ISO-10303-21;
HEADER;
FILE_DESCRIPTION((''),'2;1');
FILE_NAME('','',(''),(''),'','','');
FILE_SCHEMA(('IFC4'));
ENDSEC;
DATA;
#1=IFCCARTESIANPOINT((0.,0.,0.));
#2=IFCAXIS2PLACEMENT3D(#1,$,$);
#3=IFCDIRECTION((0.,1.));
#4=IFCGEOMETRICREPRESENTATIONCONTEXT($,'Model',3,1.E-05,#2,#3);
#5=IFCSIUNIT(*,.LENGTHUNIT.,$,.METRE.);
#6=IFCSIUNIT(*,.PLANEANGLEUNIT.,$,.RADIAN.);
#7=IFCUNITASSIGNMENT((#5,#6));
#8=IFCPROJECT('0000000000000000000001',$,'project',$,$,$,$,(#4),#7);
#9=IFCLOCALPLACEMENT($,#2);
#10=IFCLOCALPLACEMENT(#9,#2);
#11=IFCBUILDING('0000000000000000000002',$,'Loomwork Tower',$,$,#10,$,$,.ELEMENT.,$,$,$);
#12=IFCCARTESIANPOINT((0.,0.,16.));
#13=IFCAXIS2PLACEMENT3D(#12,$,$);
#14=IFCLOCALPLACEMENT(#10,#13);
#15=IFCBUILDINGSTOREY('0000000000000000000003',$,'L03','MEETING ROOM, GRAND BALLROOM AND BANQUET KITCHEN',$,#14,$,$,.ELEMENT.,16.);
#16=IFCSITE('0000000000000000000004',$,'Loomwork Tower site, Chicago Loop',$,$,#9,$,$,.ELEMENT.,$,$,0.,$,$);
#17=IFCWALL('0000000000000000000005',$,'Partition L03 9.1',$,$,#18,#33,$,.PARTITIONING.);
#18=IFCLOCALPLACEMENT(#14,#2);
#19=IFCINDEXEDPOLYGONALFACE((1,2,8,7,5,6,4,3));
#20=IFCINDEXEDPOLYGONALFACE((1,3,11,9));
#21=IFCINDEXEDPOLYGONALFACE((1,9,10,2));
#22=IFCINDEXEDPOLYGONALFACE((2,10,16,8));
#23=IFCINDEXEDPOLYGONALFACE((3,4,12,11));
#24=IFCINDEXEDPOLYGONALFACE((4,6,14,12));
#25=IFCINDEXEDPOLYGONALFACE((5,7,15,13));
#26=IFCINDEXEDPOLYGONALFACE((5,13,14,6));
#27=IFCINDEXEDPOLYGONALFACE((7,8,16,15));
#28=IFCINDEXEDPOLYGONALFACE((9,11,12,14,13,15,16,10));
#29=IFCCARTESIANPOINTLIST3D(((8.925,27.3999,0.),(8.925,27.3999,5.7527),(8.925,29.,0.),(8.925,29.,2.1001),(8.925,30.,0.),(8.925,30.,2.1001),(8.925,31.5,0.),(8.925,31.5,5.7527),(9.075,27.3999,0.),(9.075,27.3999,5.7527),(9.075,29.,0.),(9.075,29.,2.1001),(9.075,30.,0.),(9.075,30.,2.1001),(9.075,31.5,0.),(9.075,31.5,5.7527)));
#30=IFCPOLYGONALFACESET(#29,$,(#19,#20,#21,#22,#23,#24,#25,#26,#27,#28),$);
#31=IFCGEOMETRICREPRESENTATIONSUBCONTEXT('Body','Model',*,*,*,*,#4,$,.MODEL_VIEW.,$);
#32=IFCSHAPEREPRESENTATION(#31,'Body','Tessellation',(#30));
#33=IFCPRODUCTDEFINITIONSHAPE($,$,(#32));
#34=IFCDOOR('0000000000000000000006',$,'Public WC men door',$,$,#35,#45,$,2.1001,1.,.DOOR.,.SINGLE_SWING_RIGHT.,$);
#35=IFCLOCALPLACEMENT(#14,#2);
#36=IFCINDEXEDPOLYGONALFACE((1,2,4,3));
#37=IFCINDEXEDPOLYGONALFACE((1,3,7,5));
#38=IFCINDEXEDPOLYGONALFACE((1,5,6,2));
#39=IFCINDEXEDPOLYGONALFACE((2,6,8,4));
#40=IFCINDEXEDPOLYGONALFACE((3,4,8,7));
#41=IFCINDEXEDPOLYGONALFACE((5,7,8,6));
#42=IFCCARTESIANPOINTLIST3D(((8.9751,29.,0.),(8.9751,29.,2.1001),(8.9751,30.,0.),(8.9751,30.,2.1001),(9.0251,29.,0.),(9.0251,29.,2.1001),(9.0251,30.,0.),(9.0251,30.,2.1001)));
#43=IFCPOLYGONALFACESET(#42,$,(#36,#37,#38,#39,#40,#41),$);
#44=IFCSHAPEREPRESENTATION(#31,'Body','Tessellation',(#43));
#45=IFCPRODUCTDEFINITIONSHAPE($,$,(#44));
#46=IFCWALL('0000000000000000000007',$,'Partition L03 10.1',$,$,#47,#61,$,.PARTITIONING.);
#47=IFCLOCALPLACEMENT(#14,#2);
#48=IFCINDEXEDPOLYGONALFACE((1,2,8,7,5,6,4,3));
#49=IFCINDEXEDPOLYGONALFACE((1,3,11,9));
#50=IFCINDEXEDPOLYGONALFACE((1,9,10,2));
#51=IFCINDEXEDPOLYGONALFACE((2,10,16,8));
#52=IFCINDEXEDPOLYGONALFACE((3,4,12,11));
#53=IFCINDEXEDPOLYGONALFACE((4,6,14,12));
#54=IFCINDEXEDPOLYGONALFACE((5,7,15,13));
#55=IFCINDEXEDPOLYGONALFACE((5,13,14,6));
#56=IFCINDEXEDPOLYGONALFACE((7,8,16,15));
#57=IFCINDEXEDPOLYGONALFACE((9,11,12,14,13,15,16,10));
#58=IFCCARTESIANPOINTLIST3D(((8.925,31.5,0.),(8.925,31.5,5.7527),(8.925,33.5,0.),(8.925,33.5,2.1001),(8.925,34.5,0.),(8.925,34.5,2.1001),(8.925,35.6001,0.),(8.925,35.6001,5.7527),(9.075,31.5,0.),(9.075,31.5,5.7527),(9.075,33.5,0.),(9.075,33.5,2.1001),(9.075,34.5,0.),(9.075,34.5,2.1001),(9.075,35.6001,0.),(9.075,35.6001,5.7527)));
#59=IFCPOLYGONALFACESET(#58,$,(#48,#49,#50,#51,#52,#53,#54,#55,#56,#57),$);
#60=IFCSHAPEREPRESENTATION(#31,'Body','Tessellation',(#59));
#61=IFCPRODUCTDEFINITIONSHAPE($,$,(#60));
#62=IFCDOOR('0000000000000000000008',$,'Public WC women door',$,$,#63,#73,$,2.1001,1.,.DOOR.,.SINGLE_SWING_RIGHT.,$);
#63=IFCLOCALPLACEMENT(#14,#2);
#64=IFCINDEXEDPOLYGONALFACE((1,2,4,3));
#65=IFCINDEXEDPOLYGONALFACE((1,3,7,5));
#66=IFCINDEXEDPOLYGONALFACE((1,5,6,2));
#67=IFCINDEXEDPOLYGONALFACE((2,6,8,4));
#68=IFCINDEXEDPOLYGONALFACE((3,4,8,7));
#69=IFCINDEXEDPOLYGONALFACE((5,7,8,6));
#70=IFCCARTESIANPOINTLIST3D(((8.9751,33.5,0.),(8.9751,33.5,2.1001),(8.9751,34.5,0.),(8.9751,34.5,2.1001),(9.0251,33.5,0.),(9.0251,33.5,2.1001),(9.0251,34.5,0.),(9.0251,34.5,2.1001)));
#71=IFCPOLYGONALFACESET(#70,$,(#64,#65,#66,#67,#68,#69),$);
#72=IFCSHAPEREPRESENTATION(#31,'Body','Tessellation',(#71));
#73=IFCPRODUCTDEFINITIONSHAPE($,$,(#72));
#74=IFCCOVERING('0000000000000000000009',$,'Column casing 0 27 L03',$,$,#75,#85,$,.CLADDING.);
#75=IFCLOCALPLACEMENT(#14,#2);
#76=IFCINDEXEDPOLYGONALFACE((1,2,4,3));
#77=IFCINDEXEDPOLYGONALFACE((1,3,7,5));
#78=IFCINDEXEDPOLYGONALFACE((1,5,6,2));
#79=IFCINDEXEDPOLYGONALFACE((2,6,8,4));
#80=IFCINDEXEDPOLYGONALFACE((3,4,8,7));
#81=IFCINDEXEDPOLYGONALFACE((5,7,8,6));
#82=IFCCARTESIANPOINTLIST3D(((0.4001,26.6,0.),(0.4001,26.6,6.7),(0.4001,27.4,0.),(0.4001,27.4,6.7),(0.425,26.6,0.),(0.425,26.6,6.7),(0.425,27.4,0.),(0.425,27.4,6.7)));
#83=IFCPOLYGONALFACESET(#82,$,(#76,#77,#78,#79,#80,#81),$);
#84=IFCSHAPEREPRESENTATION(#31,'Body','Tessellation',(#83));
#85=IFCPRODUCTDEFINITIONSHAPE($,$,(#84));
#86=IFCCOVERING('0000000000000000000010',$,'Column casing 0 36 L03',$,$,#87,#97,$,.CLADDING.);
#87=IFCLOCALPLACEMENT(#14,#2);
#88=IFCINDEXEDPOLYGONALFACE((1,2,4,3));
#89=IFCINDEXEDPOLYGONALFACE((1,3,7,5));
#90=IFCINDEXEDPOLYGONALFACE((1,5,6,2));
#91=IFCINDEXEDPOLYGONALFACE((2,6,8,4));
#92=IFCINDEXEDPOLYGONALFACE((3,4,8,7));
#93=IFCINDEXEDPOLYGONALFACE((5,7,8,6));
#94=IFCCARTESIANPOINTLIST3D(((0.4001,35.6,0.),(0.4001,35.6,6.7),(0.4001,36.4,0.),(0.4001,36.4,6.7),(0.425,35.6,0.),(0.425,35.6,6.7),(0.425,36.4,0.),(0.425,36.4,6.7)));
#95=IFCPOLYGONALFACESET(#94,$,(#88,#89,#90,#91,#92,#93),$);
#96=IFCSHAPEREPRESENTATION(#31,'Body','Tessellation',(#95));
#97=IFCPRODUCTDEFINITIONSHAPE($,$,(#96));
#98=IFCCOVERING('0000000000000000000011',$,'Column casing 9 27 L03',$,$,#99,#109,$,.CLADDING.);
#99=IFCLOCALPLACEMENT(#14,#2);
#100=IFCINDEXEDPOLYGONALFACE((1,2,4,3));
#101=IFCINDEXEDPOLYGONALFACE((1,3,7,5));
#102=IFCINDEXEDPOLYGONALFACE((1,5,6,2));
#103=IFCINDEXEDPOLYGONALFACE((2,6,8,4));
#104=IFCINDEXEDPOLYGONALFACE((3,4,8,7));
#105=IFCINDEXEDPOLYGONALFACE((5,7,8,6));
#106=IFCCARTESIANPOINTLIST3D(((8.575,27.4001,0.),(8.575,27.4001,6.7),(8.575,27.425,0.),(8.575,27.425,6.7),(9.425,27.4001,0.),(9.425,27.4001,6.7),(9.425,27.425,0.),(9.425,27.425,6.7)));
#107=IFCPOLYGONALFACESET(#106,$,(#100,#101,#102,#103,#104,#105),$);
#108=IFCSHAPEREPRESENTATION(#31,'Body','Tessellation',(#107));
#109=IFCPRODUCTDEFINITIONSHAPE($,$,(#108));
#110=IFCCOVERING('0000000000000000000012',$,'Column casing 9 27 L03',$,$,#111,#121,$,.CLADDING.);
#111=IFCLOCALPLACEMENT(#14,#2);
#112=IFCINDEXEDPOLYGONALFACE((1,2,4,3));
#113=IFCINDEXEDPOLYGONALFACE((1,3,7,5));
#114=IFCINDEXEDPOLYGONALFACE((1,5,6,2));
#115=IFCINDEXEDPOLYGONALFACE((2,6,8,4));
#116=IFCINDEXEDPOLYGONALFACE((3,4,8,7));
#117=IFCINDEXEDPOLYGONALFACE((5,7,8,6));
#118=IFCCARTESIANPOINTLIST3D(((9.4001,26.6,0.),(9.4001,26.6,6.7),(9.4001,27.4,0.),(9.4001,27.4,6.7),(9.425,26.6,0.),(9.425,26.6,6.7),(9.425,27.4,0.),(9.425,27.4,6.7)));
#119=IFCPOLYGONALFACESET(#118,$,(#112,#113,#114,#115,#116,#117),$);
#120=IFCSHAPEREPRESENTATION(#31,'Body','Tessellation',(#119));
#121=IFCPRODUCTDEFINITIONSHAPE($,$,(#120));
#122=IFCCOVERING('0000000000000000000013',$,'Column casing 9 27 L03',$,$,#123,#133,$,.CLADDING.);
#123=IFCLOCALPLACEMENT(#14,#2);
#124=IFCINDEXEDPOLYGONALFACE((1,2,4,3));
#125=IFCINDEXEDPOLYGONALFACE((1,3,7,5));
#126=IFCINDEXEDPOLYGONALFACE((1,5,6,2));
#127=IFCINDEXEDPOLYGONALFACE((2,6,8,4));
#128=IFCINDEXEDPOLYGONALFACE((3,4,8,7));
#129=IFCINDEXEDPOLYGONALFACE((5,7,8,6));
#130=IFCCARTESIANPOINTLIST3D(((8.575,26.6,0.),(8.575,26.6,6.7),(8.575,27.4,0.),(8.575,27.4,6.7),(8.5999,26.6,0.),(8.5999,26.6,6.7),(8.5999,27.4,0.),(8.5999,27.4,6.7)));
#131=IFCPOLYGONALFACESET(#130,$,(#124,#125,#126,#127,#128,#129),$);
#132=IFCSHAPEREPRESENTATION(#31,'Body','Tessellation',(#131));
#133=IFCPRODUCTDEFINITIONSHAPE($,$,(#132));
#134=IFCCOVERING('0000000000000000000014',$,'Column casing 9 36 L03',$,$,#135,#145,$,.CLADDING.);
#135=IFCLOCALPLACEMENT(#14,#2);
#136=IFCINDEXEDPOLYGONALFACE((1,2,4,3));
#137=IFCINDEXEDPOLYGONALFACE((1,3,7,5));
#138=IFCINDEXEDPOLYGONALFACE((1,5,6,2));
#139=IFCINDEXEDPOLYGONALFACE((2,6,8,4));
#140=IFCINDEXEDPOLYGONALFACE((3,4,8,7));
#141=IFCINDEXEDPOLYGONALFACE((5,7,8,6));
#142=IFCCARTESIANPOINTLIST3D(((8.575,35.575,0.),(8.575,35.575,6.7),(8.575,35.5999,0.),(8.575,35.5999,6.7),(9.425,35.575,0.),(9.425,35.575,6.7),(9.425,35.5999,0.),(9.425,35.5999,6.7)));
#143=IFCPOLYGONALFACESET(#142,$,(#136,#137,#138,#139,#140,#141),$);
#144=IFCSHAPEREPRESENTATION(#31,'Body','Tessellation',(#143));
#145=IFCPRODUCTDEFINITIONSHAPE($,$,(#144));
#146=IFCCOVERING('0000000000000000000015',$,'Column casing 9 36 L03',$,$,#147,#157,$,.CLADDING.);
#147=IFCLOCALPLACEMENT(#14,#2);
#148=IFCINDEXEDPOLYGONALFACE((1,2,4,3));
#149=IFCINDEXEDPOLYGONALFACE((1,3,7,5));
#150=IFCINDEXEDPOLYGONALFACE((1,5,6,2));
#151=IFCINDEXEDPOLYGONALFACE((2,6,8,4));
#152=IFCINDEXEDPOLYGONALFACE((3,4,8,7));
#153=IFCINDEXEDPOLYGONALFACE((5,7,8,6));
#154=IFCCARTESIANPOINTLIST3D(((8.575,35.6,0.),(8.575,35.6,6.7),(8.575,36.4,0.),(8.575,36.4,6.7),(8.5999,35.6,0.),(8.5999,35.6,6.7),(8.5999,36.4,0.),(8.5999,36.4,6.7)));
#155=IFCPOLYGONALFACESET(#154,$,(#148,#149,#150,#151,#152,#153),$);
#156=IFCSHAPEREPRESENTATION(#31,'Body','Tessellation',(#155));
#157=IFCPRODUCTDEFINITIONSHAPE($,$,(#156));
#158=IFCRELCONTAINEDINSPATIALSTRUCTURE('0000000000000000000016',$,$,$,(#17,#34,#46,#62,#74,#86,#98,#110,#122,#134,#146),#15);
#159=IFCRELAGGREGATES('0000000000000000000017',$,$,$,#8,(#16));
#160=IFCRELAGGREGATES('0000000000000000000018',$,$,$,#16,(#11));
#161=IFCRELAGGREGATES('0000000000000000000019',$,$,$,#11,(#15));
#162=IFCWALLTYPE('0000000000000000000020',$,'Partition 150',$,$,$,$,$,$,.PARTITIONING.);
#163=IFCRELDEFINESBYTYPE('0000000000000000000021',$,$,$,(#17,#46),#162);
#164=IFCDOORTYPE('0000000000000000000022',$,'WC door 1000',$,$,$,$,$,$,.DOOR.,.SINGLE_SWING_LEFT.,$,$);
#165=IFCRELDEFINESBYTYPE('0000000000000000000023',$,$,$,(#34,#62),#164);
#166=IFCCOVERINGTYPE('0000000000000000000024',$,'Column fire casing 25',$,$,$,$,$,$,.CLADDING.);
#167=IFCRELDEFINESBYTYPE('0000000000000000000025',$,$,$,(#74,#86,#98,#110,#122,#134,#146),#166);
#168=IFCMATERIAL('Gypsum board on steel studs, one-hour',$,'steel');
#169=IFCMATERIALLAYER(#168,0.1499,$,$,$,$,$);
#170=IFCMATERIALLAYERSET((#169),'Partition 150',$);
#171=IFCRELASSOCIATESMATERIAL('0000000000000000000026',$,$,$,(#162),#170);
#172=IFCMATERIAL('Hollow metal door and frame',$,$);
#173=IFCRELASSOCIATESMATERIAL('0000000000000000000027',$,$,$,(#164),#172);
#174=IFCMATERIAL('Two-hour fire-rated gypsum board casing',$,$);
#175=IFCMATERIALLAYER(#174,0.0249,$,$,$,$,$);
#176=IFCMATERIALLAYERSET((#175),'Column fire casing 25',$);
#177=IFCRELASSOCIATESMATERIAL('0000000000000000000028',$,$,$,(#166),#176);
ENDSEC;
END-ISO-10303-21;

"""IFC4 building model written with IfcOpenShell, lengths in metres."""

from ifc_helpers import new_model, si_unit, direction, frame, frame_2d, origin, origin_2d, place, context, subcontext, project, spatial, rectangle, extrude, material, layer, layer_set, type_object, element, fill, save


model = new_model("IFC4")

# Units and contexts
model_context = context("Model", 3, precision=1e-05, world=origin(), true_north=direction((0.0, 1.0)))
body_context = subcontext(model_context, "Body", "Model", "MODEL_VIEW")
ifc_project = project(units=[si_unit("LENGTHUNIT", "METRE"), si_unit("PLANEANGLEUNIT", "RADIAN")], contexts=[model_context])

# Site, building, storey
site_placement = place(None, origin())
site = spatial("IfcSite", under=ifc_project, at=site_placement, Name="Loomwork Tower site, Chicago Loop", CompositionType="ELEMENT", RefElevation=0.0)
building_placement = place(site_placement, origin())
building = spatial("IfcBuilding", under=site, at=building_placement, Name="Loomwork Tower", CompositionType="ELEMENT")
storey_placement = place(building_placement, frame((0.0, 0.0, 16.0)))
storey = spatial("IfcBuildingStorey", under=building, at=storey_placement, Name="L03", Description="MEETING ROOM, GRAND BALLROOM AND BANQUET KITCHEN", CompositionType="ELEMENT", Elevation=16.0)

# Shared definitions
ifc_material_1 = material(Name="Gypsum board on steel studs, one-hour", Category="steel")
ifc_layer_1 = layer(ifc_material_1, 0.1499)
ifc_layer_set_1 = layer_set([ifc_layer_1], Name="Partition 150")
wall_type = type_object("IfcWallType", Name="Partition 150", PredefinedType="PARTITIONING", material=ifc_layer_set_1)

# Walls, openings, doors
wall_1_placement = place(storey_placement, frame((9.0, 31.5, 0.0), z_axis=(0.0, 0.0, 1.0), x_axis=(0.0, -1.0, 0.0)))
wall_1 = element("IfcWall", 1, at=wall_1_placement, inside=storey, type_object=wall_type, Name="Partition L03 9.1", PredefinedType="PARTITIONING", context=body_context, shape_type="SweptSolid", body=[
    extrude(rectangle(XDim=4.1001, YDim=0.1499, at=frame_2d((2.05, 0.0))), origin(), (0.0, 0.0, 1.0), 5.7527),
])
opening_1_placement = place(wall_1_placement, frame((1.5, 0.0, 0.0)))
opening_1 = element("IfcOpeningElement", 2, at=opening_1_placement, cuts=wall_1, PredefinedType="OPENING", context=body_context, shape_type="SweptSolid", body=[
    extrude(rectangle(XDim=1.0, YDim=2.1001, at=frame_2d((0.5, 1.05))), frame((0.0, 0.085, 0.0), z_axis=(0.0, -1.0, 0.0), x_axis=(1.0, 0.0, 0.0)), (0.0, 0.0, 1.0), 0.1699),
])
ifc_material_2 = material(Name="Hollow metal door and frame")
door_type = type_object("IfcDoorType", Name="WC door 1000", OperationType="SINGLE_SWING_LEFT", PredefinedType="DOOR", material=ifc_material_2)
door_1_placement = place(opening_1_placement, frame((1.0, 0.0, 0.0), z_axis=(0.0, 0.0, 1.0), x_axis=(-1.0, 0.0, 0.0)))
door_1 = element("IfcDoor", 3, at=door_1_placement, inside=storey, type_object=door_type, Name="Public WC men door", OperationType="SINGLE_SWING_RIGHT", OverallHeight=2.1001, OverallWidth=1.0, PredefinedType="DOOR", context=body_context, shape_type="SweptSolid", body=[
    extrude(rectangle(XDim=1.0, YDim=2.1001, at=frame_2d((0.5, 1.05))), frame((0.0, 0.0249, 0.0), z_axis=(0.0, -1.0, 0.0), x_axis=(1.0, 0.0, 0.0)), (0.0, 0.0, 1.0), 0.05),
])
fill(opening_1, door_1)
wall_2_placement = place(storey_placement, frame((9.0, 35.6001, 0.0), z_axis=(0.0, 0.0, 1.0), x_axis=(0.0, -1.0, 0.0)))
wall_2 = element("IfcWall", 4, at=wall_2_placement, inside=storey, type_object=wall_type, Name="Partition L03 10.1", PredefinedType="PARTITIONING", context=body_context, shape_type="SweptSolid", body=[
    extrude(rectangle(XDim=4.1001, YDim=0.1499, at=frame_2d((2.05, 0.0))), origin(), (0.0, 0.0, 1.0), 5.7527),
])
opening_2_placement = place(wall_2_placement, frame((1.1001, 0.0, 0.0)))
opening_2 = element("IfcOpeningElement", 5, at=opening_2_placement, cuts=wall_2, PredefinedType="OPENING", context=body_context, shape_type="SweptSolid", body=[
    extrude(rectangle(XDim=1.0, YDim=2.1001, at=frame_2d((0.5, 1.05))), frame((0.0, 0.085, 0.0), z_axis=(0.0, -1.0, 0.0), x_axis=(1.0, 0.0, 0.0)), (0.0, 0.0, 1.0), 0.1699),
])
door_2_placement = place(opening_2_placement, frame((1.0, 0.0, 0.0), z_axis=(0.0, 0.0, 1.0), x_axis=(-1.0, 0.0, 0.0)))
door_2 = element("IfcDoor", 6, at=door_2_placement, inside=storey, type_object=door_type, Name="Public WC women door", OperationType="SINGLE_SWING_RIGHT", OverallHeight=2.1001, OverallWidth=1.0, PredefinedType="DOOR", context=body_context, shape_type="SweptSolid", body=[
    extrude(rectangle(XDim=1.0, YDim=2.1001, at=frame_2d((0.5, 1.05))), frame((0.0, 0.0249, 0.0), z_axis=(0.0, -1.0, 0.0), x_axis=(1.0, 0.0, 0.0)), (0.0, 0.0, 1.0), 0.05),
])
fill(opening_2, door_2)

# Coverings
ifc_material_3 = material(Name="Two-hour fire-rated gypsum board casing")
ifc_layer_2 = layer(ifc_material_3, 0.0249)
ifc_layer_set_2 = layer_set([ifc_layer_2], Name="Column fire casing 25")
covering_type = type_object("IfcCoveringType", Name="Column fire casing 25", PredefinedType="CLADDING", material=ifc_layer_set_2)
for number, where, z_axis, x_axis, name in (
    (7, (0.4126, 27.0, 0.0), (0.0, 0.0, 1.0), (1.0, 0.0, 0.0), "Column casing 0 27 L03"),
    (8, (0.4126, 36.0, 0.0), (0.0, 0.0, 1.0), (1.0, 0.0, 0.0), "Column casing 0 36 L03"),
):
    element("IfcCovering", number, at=place(storey_placement, frame(where, z_axis=z_axis, x_axis=x_axis)), inside=storey, type_object=covering_type, Name=name, PredefinedType="CLADDING", context=body_context, shape_type="SweptSolid", body=[
        extrude(rectangle(XDim=0.0249, YDim=0.8, at=origin_2d()), origin(), (0.0, 0.0, 1.0), 6.7),
    ])
covering_1_placement = place(storey_placement, frame((9.0, 27.4126, 0.0), z_axis=(0.0, 0.0, 1.0), x_axis=(1.0, 0.0, 0.0)))
element("IfcCovering", 9, at=covering_1_placement, inside=storey, type_object=covering_type, Name="Column casing 9 27 L03", PredefinedType="CLADDING", context=body_context, shape_type="SweptSolid", body=[
    extrude(rectangle(XDim=0.8501, YDim=0.0249, at=origin_2d()), origin(), (0.0, 0.0, 1.0), 6.7),
])
for number, where, z_axis, x_axis, name in (
    (10, (9.4126, 27.0, 0.0), (0.0, 0.0, 1.0), (1.0, 0.0, 0.0), "Column casing 9 27 L03"),
    (11, (8.5874, 27.0, 0.0), (0.0, 0.0, 1.0), (1.0, 0.0, 0.0), "Column casing 9 27 L03"),
):
    element("IfcCovering", number, at=place(storey_placement, frame(where, z_axis=z_axis, x_axis=x_axis)), inside=storey, type_object=covering_type, Name=name, PredefinedType="CLADDING", context=body_context, shape_type="SweptSolid", body=[
        extrude(rectangle(XDim=0.0249, YDim=0.8, at=origin_2d()), origin(), (0.0, 0.0, 1.0), 6.7),
    ])
covering_2_placement = place(storey_placement, frame((9.0, 35.5874, 0.0), z_axis=(0.0, 0.0, 1.0), x_axis=(1.0, 0.0, 0.0)))
element("IfcCovering", 12, at=covering_2_placement, inside=storey, type_object=covering_type, Name="Column casing 9 36 L03", PredefinedType="CLADDING", context=body_context, shape_type="SweptSolid", body=[
    extrude(rectangle(XDim=0.8501, YDim=0.0249, at=origin_2d()), origin(), (0.0, 0.0, 1.0), 6.7),
])
covering_3_placement = place(storey_placement, frame((8.5874, 36.0, 0.0), z_axis=(0.0, 0.0, 1.0), x_axis=(1.0, 0.0, 0.0)))
element("IfcCovering", 13, at=covering_3_placement, inside=storey, type_object=covering_type, Name="Column casing 9 36 L03", PredefinedType="CLADDING", context=body_context, shape_type="SweptSolid", body=[
    extrude(rectangle(XDim=0.0249, YDim=0.8, at=origin_2d()), origin(), (0.0, 0.0, 1.0), 6.7),
])

save(model, "model.ifc")
